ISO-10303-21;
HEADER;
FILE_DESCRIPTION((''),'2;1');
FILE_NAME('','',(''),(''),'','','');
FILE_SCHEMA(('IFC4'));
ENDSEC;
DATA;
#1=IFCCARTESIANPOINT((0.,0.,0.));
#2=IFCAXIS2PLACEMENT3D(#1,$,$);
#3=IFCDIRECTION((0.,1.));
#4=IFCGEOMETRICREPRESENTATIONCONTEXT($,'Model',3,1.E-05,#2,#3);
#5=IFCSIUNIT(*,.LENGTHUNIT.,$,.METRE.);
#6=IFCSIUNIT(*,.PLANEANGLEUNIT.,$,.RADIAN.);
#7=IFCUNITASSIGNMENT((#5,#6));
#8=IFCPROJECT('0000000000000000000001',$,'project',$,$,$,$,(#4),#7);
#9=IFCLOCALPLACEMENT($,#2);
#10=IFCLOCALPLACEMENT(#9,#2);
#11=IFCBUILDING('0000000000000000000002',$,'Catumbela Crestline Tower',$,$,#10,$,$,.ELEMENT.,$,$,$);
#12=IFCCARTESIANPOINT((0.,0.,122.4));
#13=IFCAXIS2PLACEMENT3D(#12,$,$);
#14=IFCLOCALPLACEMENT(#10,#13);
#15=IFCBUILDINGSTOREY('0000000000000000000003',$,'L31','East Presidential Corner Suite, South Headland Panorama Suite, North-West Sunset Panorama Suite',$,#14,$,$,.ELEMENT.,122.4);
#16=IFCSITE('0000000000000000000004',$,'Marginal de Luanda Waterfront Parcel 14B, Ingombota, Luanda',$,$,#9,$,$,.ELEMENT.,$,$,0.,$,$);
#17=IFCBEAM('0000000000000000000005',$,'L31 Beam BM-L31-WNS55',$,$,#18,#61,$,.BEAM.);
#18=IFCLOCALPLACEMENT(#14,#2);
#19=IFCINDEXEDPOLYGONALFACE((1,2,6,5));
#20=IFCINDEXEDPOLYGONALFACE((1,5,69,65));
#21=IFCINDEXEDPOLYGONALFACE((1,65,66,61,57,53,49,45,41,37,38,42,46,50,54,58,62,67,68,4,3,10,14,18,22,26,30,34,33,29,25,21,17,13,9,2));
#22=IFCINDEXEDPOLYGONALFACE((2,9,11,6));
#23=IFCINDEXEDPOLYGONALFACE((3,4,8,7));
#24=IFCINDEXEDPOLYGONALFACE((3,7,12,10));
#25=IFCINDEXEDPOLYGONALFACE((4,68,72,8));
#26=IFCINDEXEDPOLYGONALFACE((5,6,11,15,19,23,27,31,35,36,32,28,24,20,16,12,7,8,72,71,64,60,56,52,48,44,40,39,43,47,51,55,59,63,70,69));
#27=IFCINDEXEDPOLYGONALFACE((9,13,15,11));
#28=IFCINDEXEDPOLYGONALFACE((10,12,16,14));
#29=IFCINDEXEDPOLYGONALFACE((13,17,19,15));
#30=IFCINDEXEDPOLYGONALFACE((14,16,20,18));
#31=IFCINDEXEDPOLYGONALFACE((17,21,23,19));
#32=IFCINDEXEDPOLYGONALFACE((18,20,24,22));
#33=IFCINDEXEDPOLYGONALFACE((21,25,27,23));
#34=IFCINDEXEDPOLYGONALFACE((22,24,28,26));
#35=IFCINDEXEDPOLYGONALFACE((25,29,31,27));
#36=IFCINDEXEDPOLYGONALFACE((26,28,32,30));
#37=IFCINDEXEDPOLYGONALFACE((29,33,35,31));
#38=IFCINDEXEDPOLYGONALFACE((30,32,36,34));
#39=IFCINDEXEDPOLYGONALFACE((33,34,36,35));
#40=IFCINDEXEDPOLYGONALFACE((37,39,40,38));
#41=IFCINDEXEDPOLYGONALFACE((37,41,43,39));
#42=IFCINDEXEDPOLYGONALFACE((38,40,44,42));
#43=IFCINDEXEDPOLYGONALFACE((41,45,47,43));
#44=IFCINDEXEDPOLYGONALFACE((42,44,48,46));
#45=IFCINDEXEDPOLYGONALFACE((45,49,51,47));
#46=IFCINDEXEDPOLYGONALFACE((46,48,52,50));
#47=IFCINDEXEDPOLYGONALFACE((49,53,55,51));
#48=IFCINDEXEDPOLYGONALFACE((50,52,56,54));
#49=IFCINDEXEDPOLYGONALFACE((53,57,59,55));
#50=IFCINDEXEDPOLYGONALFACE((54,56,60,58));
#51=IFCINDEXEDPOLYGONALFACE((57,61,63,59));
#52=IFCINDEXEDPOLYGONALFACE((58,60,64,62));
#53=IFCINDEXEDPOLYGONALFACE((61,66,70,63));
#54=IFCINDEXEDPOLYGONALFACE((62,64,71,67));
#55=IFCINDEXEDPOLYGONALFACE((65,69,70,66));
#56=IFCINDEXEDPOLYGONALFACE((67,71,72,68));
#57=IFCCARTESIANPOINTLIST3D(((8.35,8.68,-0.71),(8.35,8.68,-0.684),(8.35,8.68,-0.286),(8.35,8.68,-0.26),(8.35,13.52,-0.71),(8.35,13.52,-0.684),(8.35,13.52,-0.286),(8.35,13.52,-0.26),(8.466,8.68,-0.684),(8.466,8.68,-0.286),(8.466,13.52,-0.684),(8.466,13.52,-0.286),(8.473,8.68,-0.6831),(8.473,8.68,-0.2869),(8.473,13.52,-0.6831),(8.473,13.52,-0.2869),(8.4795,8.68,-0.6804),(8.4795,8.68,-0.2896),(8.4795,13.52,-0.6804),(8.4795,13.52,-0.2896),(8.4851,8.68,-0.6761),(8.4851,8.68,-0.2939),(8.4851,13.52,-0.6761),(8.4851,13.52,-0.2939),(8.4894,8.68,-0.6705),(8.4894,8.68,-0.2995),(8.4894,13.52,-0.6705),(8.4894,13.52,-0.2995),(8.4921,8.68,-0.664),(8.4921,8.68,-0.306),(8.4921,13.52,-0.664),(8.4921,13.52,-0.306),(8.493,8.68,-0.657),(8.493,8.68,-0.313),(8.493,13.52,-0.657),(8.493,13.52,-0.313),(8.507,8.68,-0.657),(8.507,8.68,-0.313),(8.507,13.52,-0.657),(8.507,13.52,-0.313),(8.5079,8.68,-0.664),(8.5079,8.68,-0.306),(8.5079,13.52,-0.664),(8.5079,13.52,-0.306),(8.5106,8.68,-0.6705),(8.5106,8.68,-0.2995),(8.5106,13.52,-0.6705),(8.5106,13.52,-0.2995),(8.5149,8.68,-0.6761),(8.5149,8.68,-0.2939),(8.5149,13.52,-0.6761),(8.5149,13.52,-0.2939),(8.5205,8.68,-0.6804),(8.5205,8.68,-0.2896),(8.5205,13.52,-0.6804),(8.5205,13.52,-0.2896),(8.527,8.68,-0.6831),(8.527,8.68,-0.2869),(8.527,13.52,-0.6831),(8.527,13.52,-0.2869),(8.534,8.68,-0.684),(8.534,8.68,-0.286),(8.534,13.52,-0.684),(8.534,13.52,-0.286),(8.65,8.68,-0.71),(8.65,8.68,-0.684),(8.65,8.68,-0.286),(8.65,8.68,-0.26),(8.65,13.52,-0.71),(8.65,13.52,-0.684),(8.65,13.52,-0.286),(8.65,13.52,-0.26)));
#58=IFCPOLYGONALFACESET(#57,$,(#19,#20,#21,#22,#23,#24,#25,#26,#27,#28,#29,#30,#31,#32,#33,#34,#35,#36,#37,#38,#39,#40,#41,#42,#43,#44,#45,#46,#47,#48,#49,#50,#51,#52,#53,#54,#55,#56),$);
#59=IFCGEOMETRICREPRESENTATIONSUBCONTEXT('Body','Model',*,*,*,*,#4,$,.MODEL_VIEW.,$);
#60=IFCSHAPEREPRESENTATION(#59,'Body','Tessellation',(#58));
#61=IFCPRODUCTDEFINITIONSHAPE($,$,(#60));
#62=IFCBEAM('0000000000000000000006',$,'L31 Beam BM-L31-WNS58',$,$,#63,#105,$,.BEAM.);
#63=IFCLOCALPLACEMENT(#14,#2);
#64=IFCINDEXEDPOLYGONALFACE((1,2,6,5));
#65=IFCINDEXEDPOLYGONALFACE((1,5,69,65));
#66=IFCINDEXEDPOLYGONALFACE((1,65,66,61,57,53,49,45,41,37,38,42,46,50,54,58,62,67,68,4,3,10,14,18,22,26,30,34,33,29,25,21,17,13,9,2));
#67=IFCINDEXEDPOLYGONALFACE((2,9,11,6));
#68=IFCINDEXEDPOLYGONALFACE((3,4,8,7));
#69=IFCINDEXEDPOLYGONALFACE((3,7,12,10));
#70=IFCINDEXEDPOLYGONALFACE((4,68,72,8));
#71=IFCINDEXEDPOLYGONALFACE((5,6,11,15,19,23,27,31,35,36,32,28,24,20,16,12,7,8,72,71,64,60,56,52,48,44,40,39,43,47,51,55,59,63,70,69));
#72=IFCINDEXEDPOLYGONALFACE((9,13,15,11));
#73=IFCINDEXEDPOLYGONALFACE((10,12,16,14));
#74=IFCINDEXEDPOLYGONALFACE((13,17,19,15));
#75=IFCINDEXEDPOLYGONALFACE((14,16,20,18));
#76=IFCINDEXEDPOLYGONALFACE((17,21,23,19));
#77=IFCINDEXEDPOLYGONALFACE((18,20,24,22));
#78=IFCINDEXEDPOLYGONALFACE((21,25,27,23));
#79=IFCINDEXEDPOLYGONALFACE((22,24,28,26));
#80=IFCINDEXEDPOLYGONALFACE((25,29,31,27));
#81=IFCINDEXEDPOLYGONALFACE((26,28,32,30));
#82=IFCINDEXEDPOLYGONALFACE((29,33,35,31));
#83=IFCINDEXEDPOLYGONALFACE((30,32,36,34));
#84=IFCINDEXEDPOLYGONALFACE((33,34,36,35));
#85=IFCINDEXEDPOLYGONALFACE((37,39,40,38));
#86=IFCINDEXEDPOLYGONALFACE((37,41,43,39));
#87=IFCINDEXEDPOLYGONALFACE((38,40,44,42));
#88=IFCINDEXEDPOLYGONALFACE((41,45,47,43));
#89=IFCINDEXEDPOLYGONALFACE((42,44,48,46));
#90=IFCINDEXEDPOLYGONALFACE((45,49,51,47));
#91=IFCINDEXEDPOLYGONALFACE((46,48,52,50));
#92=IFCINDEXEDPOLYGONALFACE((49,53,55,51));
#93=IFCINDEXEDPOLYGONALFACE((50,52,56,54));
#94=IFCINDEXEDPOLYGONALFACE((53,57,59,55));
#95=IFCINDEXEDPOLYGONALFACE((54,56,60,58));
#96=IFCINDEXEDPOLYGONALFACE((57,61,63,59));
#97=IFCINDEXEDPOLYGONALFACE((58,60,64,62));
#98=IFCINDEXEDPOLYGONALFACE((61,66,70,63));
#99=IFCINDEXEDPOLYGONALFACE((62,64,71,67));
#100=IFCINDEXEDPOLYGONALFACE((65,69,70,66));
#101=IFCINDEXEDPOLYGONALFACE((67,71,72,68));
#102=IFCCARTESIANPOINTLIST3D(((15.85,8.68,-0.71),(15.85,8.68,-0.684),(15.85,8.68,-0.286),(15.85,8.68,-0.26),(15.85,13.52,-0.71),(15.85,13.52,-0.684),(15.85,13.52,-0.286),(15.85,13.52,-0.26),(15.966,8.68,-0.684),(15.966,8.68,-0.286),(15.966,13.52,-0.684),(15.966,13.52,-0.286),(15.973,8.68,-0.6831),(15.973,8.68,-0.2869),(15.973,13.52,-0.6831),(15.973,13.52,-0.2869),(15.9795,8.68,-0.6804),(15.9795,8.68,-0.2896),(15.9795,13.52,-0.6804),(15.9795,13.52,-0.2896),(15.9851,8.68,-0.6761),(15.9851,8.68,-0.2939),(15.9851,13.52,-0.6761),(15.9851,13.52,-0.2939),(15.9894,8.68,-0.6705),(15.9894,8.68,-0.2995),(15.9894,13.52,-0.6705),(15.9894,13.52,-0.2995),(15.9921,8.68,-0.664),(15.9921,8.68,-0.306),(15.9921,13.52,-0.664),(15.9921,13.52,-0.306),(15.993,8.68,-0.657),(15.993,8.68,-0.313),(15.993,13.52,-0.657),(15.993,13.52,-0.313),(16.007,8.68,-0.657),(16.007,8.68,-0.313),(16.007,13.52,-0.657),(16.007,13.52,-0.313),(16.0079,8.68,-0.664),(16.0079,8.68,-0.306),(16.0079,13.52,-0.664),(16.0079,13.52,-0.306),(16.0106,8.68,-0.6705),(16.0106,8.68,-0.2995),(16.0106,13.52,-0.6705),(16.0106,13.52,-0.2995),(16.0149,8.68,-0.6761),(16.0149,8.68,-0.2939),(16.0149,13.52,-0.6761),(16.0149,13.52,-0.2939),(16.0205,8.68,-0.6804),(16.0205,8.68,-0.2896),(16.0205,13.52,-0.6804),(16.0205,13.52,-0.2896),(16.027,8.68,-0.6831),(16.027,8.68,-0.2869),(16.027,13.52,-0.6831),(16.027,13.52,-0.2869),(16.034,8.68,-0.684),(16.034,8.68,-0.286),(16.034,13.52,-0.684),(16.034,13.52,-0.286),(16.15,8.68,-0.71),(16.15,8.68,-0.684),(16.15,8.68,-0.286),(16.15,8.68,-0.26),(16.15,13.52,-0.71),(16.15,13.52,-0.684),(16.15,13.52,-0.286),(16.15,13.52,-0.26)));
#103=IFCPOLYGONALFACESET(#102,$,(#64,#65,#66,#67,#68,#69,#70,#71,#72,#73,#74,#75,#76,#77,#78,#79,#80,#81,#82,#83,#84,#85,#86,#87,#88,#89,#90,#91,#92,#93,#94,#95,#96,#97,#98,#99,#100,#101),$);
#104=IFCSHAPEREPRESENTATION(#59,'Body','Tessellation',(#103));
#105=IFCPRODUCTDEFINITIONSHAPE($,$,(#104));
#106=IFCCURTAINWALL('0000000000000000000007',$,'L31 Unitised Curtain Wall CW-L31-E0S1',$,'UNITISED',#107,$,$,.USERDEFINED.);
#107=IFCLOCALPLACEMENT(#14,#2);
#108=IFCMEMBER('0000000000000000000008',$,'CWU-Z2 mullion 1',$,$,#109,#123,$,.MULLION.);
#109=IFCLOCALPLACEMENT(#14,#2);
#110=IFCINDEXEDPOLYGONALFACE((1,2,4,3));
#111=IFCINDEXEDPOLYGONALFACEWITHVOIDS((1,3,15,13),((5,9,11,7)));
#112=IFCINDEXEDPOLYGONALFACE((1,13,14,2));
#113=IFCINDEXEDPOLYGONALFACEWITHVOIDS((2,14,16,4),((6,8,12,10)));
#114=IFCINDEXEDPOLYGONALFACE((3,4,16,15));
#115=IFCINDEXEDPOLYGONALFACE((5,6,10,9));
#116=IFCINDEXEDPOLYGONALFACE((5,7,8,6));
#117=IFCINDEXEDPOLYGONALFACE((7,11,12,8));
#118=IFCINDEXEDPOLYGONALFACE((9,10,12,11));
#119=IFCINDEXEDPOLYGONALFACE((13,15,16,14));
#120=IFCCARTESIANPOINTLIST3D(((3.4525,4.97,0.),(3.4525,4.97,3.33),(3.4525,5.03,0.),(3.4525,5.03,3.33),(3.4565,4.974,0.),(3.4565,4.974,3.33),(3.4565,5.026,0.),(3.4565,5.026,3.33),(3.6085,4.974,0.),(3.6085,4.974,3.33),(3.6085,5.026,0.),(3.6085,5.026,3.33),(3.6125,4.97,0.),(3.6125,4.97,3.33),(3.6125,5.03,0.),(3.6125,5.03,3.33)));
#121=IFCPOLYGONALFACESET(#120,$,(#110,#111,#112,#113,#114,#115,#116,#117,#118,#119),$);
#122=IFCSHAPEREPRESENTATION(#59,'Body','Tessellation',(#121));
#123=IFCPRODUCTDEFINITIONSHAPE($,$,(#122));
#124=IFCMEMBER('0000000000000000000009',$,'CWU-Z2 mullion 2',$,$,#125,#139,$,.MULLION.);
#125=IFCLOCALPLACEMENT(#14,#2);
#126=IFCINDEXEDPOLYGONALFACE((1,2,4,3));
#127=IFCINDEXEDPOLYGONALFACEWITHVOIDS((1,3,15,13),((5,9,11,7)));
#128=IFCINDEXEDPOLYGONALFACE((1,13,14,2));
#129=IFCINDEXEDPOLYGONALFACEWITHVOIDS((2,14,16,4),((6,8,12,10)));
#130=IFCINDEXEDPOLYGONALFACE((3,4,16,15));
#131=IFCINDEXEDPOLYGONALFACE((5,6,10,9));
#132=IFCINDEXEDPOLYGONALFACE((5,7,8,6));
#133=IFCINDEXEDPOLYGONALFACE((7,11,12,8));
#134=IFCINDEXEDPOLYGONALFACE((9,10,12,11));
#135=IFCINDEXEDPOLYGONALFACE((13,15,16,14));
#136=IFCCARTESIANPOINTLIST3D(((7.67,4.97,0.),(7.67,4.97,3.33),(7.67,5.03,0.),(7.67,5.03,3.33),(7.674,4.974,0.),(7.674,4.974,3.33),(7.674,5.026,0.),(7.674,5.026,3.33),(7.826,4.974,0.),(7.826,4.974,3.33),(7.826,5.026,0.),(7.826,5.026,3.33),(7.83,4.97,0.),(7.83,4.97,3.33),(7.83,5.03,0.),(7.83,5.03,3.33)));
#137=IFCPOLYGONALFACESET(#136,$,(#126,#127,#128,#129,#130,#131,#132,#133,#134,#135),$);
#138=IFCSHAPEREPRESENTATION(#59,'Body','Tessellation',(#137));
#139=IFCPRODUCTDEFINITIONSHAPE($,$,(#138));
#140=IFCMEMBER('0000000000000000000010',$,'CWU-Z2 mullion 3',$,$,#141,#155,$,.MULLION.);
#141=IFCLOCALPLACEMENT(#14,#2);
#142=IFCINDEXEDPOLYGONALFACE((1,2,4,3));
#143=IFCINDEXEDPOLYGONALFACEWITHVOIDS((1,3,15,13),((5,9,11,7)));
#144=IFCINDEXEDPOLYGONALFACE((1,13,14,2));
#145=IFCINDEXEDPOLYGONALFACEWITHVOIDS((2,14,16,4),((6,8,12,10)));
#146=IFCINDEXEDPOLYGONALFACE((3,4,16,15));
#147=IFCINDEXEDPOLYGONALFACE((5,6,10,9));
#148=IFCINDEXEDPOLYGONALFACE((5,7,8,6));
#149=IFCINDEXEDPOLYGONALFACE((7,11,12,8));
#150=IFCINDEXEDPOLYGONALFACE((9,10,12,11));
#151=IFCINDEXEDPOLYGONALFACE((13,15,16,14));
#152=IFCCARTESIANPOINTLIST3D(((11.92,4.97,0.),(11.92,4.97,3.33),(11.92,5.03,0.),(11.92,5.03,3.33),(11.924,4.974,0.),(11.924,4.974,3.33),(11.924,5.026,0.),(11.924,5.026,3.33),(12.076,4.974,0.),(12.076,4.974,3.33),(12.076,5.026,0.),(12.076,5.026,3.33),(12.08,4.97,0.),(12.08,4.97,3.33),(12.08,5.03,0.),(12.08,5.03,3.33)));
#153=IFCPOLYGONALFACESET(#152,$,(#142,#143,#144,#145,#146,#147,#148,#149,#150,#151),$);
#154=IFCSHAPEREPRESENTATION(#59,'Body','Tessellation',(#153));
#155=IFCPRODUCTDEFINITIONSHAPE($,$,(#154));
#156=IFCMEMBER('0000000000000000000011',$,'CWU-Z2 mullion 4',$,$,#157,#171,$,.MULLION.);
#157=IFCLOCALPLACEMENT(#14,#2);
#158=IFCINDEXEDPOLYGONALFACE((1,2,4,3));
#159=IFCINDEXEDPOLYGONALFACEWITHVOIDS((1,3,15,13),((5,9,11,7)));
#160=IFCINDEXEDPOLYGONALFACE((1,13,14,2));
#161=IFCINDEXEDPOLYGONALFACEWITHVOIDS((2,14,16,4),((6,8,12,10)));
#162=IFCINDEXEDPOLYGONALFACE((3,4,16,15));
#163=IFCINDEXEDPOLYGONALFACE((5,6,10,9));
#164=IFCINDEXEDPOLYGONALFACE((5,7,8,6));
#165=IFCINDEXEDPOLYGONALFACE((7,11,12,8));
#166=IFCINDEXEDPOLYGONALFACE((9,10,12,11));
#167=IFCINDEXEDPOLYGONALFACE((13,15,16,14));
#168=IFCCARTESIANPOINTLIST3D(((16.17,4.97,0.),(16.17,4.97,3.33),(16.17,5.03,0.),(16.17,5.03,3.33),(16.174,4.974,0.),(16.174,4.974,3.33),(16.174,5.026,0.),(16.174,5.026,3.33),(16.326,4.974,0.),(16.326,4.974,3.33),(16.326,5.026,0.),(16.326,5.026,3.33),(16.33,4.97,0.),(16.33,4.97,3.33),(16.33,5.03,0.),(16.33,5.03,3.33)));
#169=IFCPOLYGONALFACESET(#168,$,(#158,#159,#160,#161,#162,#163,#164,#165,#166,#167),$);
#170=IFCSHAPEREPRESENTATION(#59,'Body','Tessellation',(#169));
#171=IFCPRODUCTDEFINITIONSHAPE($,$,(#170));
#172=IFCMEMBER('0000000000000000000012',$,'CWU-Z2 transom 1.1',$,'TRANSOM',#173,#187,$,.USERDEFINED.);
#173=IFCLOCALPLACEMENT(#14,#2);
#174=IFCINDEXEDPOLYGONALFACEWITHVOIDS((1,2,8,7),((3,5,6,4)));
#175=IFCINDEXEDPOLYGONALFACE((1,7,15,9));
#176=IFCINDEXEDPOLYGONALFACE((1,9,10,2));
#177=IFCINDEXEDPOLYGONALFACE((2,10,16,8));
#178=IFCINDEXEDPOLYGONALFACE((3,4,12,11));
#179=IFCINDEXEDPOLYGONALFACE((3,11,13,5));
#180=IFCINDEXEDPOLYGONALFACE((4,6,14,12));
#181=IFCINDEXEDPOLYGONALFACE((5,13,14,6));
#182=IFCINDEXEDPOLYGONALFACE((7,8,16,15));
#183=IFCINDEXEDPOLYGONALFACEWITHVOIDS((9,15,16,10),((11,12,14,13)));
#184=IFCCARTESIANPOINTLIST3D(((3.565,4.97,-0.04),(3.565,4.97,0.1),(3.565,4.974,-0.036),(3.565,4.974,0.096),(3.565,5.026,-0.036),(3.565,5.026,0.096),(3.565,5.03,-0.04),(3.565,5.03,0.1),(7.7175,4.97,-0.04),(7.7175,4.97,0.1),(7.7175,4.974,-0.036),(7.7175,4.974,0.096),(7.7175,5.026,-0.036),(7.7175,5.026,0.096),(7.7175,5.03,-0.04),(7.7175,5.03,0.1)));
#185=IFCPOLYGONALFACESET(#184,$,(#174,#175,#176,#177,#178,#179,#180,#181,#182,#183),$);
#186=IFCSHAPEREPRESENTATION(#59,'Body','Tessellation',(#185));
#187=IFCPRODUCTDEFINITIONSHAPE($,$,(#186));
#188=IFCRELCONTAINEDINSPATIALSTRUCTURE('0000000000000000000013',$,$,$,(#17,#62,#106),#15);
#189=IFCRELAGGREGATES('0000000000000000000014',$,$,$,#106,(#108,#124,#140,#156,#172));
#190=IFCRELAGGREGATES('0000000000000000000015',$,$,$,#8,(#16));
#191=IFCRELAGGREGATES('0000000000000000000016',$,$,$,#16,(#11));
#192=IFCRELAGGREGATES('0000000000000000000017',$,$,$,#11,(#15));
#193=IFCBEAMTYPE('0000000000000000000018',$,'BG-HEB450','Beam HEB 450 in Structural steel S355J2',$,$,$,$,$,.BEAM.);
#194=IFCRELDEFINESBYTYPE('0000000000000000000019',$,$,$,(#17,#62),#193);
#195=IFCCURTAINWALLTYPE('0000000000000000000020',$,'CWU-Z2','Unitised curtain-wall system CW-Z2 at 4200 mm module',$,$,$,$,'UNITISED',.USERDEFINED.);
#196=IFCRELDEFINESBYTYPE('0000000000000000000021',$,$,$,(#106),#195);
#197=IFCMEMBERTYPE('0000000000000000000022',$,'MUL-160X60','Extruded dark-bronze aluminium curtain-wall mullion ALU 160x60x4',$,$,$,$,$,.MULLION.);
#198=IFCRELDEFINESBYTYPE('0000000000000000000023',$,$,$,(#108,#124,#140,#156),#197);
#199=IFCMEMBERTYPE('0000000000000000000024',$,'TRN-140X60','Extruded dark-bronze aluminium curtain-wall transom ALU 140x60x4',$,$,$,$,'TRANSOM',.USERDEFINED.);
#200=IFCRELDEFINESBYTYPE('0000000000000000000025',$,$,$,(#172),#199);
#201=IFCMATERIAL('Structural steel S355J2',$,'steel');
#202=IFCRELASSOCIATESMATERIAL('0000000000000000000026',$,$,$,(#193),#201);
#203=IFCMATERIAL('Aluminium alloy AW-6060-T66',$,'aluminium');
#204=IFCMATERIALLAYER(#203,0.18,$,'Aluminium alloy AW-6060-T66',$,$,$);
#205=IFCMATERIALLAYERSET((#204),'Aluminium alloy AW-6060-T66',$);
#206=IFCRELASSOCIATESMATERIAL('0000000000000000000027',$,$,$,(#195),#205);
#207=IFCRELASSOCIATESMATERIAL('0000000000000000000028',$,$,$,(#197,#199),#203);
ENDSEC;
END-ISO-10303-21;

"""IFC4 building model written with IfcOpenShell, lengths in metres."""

from ifc_helpers import new_model, si_unit, direction, frame, origin, origin_2d, place, context, subcontext, project, spatial, hollow_rectangle, i_section, extrude, material, layer, layer_set, material_profile, profile_set, type_object, element, aggregate, save


model = new_model("IFC4")

# Units and contexts
model_context = context("Model", 3, precision=1e-05, world=origin(), true_north=direction((0.0, 1.0)))
body_context = subcontext(model_context, "Body", "Model", "MODEL_VIEW")
ifc_project = project(units=[si_unit("LENGTHUNIT", "METRE"), si_unit("PLANEANGLEUNIT", "RADIAN")], contexts=[model_context])

# Site, building, storey
site_placement = place(None, origin())
site = spatial("IfcSite", under=ifc_project, at=site_placement, Name="Marginal de Luanda Waterfront Parcel 14B, Ingombota, Luanda", CompositionType="ELEMENT", RefElevation=0.0)
building_placement = place(site_placement, origin())
building = spatial("IfcBuilding", under=site, at=building_placement, Name="Catumbela Crestline Tower", CompositionType="ELEMENT")
storey_placement = place(building_placement, frame((0.0, 0.0, 122.4)))
storey = spatial("IfcBuildingStorey", under=building, at=storey_placement, Name="L31", Description="East Presidential Corner Suite, South Headland Panorama Suite, North-West Sunset Panorama Suite", CompositionType="ELEMENT", Elevation=122.4)

# Beams
ifc_material_1 = material(Name="Structural steel S355J2", Category="steel")
ifc_material_profile_1 = material_profile(ifc_material_1, i_section(OverallWidth=0.3, OverallDepth=0.45, WebThickness=0.014, FlangeThickness=0.026, FilletRadius=0.027, at=origin_2d()), Name="HEB 450")
ifc_profile_set_1 = profile_set([ifc_material_profile_1], Name="Structural steel S355J2")
beam_type = type_object("IfcBeamType", Name="BG-HEB450", Description="Beam HEB 450 in Structural steel S355J2", PredefinedType="BEAM", material=ifc_profile_set_1)
for number, where, z_axis, x_axis, name in (
    (1, (8.5, 8.68, -0.485), (0.0, 1.0, 0.0), (-1.0, 0.0, 0.0), "L31 Beam BM-L31-WNS55"),
    (2, (16.0, 8.68, -0.485), (0.0, 1.0, 0.0), (-1.0, 0.0, 0.0), "L31 Beam BM-L31-WNS58"),
):
    element("IfcBeam", number, at=place(storey_placement, frame(where, z_axis=z_axis, x_axis=x_axis)), inside=storey, type_object=beam_type, Name=name, PredefinedType="BEAM", context=body_context, shape_type="SweptSolid", body=[
        extrude(i_section(OverallWidth=0.3, OverallDepth=0.45, WebThickness=0.014, FlangeThickness=0.026, FilletRadius=0.027, at=origin_2d()), origin(), (0.0, 0.0, 1.0), 4.84),
    ])

# Curtain wall, members
ifc_material_2 = material(Name="Aluminium alloy AW-6060-T66", Category="aluminium")
ifc_layer_1 = layer(ifc_material_2, 0.18, Name="Aluminium alloy AW-6060-T66")
ifc_layer_set_1 = layer_set([ifc_layer_1], Name="Aluminium alloy AW-6060-T66")
curtain_wall_type = type_object("IfcCurtainWallType", Name="CWU-Z2", Description="Unitised curtain-wall system CW-Z2 at 4200 mm module", ElementType="UNITISED", PredefinedType="USERDEFINED", material=ifc_layer_set_1)
curtain_wall_placement = place(storey_placement, origin())
curtain_wall = element("IfcCurtainWall", 3, at=curtain_wall_placement, inside=storey, type_object=curtain_wall_type, Name="L31 Unitised Curtain Wall CW-L31-E0S1", ObjectType="UNITISED", PredefinedType="USERDEFINED")
ifc_material_profile_2 = material_profile(ifc_material_2, hollow_rectangle(XDim=0.06, YDim=0.16, WallThickness=0.004, at=origin_2d()), Name="ALU 160x60x4")
ifc_profile_set_2 = profile_set([ifc_material_profile_2], Name="Aluminium alloy AW-6060-T66")
member_type_1 = type_object("IfcMemberType", Name="MUL-160X60", Description="Extruded dark-bronze aluminium curtain-wall mullion ALU 160x60x4", PredefinedType="MULLION", material=ifc_profile_set_2)
member_1_placement = place(storey_placement, frame((3.5325, 5.0, 0.0), z_axis=(0.0, 0.0, 1.0), x_axis=(0.0, 1.0, 0.0)))
member_1 = element("IfcMember", 4, at=member_1_placement, type_object=member_type_1, Name="CWU-Z2 mullion 1", PredefinedType="MULLION", context=body_context, shape_type="SweptSolid", body=[
    extrude(hollow_rectangle(XDim=0.06, YDim=0.16, WallThickness=0.004, at=origin_2d()), origin(), (0.0, 0.0, 1.0), 3.33),
])
member_2_placement = place(storey_placement, frame((7.75, 5.0, 0.0), z_axis=(0.0, 0.0, 1.0), x_axis=(0.0, 1.0, 0.0)))
member_2 = element("IfcMember", 5, at=member_2_placement, type_object=member_type_1, Name="CWU-Z2 mullion 2", PredefinedType="MULLION", context=body_context, shape_type="SweptSolid", body=[
    extrude(hollow_rectangle(XDim=0.06, YDim=0.16, WallThickness=0.004, at=origin_2d()), origin(), (0.0, 0.0, 1.0), 3.33),
])
member_3_placement = place(storey_placement, frame((12.0, 5.0, 0.0), z_axis=(0.0, 0.0, 1.0), x_axis=(0.0, 1.0, 0.0)))
member_3 = element("IfcMember", 6, at=member_3_placement, type_object=member_type_1, Name="CWU-Z2 mullion 3", PredefinedType="MULLION", context=body_context, shape_type="SweptSolid", body=[
    extrude(hollow_rectangle(XDim=0.06, YDim=0.16, WallThickness=0.004, at=origin_2d()), origin(), (0.0, 0.0, 1.0), 3.33),
])
member_4_placement = place(storey_placement, frame((16.25, 5.0, 0.0), z_axis=(0.0, 0.0, 1.0), x_axis=(0.0, 1.0, 0.0)))
member_4 = element("IfcMember", 7, at=member_4_placement, type_object=member_type_1, Name="CWU-Z2 mullion 4", PredefinedType="MULLION", context=body_context, shape_type="SweptSolid", body=[
    extrude(hollow_rectangle(XDim=0.06, YDim=0.16, WallThickness=0.004, at=origin_2d()), origin(), (0.0, 0.0, 1.0), 3.33),
])
ifc_material_profile_3 = material_profile(ifc_material_2, hollow_rectangle(XDim=0.06, YDim=0.14, WallThickness=0.004, at=origin_2d()), Name="ALU 140x60x4")
ifc_profile_set_3 = profile_set([ifc_material_profile_3], Name="Aluminium alloy AW-6060-T66")
member_type_2 = type_object("IfcMemberType", Name="TRN-140X60", Description="Extruded dark-bronze aluminium curtain-wall transom ALU 140x60x4", ElementType="TRANSOM", PredefinedType="USERDEFINED", material=ifc_profile_set_3)
member_5_placement = place(storey_placement, frame((3.565, 5.0, 0.03), z_axis=(1.0, 0.0, 0.0), x_axis=(0.0, 1.0, 0.0)))
member_5 = element("IfcMember", 8, at=member_5_placement, type_object=member_type_2, Name="CWU-Z2 transom 1.1", ObjectType="TRANSOM", PredefinedType="USERDEFINED", context=body_context, shape_type="SweptSolid", body=[
    extrude(hollow_rectangle(XDim=0.06, YDim=0.14, WallThickness=0.004, at=origin_2d()), origin(), (0.0, 0.0, 1.0), 4.1525),
])
aggregate(curtain_wall, [member_1, member_2, member_3, member_4, member_5])

save(model, "model.ifc")
